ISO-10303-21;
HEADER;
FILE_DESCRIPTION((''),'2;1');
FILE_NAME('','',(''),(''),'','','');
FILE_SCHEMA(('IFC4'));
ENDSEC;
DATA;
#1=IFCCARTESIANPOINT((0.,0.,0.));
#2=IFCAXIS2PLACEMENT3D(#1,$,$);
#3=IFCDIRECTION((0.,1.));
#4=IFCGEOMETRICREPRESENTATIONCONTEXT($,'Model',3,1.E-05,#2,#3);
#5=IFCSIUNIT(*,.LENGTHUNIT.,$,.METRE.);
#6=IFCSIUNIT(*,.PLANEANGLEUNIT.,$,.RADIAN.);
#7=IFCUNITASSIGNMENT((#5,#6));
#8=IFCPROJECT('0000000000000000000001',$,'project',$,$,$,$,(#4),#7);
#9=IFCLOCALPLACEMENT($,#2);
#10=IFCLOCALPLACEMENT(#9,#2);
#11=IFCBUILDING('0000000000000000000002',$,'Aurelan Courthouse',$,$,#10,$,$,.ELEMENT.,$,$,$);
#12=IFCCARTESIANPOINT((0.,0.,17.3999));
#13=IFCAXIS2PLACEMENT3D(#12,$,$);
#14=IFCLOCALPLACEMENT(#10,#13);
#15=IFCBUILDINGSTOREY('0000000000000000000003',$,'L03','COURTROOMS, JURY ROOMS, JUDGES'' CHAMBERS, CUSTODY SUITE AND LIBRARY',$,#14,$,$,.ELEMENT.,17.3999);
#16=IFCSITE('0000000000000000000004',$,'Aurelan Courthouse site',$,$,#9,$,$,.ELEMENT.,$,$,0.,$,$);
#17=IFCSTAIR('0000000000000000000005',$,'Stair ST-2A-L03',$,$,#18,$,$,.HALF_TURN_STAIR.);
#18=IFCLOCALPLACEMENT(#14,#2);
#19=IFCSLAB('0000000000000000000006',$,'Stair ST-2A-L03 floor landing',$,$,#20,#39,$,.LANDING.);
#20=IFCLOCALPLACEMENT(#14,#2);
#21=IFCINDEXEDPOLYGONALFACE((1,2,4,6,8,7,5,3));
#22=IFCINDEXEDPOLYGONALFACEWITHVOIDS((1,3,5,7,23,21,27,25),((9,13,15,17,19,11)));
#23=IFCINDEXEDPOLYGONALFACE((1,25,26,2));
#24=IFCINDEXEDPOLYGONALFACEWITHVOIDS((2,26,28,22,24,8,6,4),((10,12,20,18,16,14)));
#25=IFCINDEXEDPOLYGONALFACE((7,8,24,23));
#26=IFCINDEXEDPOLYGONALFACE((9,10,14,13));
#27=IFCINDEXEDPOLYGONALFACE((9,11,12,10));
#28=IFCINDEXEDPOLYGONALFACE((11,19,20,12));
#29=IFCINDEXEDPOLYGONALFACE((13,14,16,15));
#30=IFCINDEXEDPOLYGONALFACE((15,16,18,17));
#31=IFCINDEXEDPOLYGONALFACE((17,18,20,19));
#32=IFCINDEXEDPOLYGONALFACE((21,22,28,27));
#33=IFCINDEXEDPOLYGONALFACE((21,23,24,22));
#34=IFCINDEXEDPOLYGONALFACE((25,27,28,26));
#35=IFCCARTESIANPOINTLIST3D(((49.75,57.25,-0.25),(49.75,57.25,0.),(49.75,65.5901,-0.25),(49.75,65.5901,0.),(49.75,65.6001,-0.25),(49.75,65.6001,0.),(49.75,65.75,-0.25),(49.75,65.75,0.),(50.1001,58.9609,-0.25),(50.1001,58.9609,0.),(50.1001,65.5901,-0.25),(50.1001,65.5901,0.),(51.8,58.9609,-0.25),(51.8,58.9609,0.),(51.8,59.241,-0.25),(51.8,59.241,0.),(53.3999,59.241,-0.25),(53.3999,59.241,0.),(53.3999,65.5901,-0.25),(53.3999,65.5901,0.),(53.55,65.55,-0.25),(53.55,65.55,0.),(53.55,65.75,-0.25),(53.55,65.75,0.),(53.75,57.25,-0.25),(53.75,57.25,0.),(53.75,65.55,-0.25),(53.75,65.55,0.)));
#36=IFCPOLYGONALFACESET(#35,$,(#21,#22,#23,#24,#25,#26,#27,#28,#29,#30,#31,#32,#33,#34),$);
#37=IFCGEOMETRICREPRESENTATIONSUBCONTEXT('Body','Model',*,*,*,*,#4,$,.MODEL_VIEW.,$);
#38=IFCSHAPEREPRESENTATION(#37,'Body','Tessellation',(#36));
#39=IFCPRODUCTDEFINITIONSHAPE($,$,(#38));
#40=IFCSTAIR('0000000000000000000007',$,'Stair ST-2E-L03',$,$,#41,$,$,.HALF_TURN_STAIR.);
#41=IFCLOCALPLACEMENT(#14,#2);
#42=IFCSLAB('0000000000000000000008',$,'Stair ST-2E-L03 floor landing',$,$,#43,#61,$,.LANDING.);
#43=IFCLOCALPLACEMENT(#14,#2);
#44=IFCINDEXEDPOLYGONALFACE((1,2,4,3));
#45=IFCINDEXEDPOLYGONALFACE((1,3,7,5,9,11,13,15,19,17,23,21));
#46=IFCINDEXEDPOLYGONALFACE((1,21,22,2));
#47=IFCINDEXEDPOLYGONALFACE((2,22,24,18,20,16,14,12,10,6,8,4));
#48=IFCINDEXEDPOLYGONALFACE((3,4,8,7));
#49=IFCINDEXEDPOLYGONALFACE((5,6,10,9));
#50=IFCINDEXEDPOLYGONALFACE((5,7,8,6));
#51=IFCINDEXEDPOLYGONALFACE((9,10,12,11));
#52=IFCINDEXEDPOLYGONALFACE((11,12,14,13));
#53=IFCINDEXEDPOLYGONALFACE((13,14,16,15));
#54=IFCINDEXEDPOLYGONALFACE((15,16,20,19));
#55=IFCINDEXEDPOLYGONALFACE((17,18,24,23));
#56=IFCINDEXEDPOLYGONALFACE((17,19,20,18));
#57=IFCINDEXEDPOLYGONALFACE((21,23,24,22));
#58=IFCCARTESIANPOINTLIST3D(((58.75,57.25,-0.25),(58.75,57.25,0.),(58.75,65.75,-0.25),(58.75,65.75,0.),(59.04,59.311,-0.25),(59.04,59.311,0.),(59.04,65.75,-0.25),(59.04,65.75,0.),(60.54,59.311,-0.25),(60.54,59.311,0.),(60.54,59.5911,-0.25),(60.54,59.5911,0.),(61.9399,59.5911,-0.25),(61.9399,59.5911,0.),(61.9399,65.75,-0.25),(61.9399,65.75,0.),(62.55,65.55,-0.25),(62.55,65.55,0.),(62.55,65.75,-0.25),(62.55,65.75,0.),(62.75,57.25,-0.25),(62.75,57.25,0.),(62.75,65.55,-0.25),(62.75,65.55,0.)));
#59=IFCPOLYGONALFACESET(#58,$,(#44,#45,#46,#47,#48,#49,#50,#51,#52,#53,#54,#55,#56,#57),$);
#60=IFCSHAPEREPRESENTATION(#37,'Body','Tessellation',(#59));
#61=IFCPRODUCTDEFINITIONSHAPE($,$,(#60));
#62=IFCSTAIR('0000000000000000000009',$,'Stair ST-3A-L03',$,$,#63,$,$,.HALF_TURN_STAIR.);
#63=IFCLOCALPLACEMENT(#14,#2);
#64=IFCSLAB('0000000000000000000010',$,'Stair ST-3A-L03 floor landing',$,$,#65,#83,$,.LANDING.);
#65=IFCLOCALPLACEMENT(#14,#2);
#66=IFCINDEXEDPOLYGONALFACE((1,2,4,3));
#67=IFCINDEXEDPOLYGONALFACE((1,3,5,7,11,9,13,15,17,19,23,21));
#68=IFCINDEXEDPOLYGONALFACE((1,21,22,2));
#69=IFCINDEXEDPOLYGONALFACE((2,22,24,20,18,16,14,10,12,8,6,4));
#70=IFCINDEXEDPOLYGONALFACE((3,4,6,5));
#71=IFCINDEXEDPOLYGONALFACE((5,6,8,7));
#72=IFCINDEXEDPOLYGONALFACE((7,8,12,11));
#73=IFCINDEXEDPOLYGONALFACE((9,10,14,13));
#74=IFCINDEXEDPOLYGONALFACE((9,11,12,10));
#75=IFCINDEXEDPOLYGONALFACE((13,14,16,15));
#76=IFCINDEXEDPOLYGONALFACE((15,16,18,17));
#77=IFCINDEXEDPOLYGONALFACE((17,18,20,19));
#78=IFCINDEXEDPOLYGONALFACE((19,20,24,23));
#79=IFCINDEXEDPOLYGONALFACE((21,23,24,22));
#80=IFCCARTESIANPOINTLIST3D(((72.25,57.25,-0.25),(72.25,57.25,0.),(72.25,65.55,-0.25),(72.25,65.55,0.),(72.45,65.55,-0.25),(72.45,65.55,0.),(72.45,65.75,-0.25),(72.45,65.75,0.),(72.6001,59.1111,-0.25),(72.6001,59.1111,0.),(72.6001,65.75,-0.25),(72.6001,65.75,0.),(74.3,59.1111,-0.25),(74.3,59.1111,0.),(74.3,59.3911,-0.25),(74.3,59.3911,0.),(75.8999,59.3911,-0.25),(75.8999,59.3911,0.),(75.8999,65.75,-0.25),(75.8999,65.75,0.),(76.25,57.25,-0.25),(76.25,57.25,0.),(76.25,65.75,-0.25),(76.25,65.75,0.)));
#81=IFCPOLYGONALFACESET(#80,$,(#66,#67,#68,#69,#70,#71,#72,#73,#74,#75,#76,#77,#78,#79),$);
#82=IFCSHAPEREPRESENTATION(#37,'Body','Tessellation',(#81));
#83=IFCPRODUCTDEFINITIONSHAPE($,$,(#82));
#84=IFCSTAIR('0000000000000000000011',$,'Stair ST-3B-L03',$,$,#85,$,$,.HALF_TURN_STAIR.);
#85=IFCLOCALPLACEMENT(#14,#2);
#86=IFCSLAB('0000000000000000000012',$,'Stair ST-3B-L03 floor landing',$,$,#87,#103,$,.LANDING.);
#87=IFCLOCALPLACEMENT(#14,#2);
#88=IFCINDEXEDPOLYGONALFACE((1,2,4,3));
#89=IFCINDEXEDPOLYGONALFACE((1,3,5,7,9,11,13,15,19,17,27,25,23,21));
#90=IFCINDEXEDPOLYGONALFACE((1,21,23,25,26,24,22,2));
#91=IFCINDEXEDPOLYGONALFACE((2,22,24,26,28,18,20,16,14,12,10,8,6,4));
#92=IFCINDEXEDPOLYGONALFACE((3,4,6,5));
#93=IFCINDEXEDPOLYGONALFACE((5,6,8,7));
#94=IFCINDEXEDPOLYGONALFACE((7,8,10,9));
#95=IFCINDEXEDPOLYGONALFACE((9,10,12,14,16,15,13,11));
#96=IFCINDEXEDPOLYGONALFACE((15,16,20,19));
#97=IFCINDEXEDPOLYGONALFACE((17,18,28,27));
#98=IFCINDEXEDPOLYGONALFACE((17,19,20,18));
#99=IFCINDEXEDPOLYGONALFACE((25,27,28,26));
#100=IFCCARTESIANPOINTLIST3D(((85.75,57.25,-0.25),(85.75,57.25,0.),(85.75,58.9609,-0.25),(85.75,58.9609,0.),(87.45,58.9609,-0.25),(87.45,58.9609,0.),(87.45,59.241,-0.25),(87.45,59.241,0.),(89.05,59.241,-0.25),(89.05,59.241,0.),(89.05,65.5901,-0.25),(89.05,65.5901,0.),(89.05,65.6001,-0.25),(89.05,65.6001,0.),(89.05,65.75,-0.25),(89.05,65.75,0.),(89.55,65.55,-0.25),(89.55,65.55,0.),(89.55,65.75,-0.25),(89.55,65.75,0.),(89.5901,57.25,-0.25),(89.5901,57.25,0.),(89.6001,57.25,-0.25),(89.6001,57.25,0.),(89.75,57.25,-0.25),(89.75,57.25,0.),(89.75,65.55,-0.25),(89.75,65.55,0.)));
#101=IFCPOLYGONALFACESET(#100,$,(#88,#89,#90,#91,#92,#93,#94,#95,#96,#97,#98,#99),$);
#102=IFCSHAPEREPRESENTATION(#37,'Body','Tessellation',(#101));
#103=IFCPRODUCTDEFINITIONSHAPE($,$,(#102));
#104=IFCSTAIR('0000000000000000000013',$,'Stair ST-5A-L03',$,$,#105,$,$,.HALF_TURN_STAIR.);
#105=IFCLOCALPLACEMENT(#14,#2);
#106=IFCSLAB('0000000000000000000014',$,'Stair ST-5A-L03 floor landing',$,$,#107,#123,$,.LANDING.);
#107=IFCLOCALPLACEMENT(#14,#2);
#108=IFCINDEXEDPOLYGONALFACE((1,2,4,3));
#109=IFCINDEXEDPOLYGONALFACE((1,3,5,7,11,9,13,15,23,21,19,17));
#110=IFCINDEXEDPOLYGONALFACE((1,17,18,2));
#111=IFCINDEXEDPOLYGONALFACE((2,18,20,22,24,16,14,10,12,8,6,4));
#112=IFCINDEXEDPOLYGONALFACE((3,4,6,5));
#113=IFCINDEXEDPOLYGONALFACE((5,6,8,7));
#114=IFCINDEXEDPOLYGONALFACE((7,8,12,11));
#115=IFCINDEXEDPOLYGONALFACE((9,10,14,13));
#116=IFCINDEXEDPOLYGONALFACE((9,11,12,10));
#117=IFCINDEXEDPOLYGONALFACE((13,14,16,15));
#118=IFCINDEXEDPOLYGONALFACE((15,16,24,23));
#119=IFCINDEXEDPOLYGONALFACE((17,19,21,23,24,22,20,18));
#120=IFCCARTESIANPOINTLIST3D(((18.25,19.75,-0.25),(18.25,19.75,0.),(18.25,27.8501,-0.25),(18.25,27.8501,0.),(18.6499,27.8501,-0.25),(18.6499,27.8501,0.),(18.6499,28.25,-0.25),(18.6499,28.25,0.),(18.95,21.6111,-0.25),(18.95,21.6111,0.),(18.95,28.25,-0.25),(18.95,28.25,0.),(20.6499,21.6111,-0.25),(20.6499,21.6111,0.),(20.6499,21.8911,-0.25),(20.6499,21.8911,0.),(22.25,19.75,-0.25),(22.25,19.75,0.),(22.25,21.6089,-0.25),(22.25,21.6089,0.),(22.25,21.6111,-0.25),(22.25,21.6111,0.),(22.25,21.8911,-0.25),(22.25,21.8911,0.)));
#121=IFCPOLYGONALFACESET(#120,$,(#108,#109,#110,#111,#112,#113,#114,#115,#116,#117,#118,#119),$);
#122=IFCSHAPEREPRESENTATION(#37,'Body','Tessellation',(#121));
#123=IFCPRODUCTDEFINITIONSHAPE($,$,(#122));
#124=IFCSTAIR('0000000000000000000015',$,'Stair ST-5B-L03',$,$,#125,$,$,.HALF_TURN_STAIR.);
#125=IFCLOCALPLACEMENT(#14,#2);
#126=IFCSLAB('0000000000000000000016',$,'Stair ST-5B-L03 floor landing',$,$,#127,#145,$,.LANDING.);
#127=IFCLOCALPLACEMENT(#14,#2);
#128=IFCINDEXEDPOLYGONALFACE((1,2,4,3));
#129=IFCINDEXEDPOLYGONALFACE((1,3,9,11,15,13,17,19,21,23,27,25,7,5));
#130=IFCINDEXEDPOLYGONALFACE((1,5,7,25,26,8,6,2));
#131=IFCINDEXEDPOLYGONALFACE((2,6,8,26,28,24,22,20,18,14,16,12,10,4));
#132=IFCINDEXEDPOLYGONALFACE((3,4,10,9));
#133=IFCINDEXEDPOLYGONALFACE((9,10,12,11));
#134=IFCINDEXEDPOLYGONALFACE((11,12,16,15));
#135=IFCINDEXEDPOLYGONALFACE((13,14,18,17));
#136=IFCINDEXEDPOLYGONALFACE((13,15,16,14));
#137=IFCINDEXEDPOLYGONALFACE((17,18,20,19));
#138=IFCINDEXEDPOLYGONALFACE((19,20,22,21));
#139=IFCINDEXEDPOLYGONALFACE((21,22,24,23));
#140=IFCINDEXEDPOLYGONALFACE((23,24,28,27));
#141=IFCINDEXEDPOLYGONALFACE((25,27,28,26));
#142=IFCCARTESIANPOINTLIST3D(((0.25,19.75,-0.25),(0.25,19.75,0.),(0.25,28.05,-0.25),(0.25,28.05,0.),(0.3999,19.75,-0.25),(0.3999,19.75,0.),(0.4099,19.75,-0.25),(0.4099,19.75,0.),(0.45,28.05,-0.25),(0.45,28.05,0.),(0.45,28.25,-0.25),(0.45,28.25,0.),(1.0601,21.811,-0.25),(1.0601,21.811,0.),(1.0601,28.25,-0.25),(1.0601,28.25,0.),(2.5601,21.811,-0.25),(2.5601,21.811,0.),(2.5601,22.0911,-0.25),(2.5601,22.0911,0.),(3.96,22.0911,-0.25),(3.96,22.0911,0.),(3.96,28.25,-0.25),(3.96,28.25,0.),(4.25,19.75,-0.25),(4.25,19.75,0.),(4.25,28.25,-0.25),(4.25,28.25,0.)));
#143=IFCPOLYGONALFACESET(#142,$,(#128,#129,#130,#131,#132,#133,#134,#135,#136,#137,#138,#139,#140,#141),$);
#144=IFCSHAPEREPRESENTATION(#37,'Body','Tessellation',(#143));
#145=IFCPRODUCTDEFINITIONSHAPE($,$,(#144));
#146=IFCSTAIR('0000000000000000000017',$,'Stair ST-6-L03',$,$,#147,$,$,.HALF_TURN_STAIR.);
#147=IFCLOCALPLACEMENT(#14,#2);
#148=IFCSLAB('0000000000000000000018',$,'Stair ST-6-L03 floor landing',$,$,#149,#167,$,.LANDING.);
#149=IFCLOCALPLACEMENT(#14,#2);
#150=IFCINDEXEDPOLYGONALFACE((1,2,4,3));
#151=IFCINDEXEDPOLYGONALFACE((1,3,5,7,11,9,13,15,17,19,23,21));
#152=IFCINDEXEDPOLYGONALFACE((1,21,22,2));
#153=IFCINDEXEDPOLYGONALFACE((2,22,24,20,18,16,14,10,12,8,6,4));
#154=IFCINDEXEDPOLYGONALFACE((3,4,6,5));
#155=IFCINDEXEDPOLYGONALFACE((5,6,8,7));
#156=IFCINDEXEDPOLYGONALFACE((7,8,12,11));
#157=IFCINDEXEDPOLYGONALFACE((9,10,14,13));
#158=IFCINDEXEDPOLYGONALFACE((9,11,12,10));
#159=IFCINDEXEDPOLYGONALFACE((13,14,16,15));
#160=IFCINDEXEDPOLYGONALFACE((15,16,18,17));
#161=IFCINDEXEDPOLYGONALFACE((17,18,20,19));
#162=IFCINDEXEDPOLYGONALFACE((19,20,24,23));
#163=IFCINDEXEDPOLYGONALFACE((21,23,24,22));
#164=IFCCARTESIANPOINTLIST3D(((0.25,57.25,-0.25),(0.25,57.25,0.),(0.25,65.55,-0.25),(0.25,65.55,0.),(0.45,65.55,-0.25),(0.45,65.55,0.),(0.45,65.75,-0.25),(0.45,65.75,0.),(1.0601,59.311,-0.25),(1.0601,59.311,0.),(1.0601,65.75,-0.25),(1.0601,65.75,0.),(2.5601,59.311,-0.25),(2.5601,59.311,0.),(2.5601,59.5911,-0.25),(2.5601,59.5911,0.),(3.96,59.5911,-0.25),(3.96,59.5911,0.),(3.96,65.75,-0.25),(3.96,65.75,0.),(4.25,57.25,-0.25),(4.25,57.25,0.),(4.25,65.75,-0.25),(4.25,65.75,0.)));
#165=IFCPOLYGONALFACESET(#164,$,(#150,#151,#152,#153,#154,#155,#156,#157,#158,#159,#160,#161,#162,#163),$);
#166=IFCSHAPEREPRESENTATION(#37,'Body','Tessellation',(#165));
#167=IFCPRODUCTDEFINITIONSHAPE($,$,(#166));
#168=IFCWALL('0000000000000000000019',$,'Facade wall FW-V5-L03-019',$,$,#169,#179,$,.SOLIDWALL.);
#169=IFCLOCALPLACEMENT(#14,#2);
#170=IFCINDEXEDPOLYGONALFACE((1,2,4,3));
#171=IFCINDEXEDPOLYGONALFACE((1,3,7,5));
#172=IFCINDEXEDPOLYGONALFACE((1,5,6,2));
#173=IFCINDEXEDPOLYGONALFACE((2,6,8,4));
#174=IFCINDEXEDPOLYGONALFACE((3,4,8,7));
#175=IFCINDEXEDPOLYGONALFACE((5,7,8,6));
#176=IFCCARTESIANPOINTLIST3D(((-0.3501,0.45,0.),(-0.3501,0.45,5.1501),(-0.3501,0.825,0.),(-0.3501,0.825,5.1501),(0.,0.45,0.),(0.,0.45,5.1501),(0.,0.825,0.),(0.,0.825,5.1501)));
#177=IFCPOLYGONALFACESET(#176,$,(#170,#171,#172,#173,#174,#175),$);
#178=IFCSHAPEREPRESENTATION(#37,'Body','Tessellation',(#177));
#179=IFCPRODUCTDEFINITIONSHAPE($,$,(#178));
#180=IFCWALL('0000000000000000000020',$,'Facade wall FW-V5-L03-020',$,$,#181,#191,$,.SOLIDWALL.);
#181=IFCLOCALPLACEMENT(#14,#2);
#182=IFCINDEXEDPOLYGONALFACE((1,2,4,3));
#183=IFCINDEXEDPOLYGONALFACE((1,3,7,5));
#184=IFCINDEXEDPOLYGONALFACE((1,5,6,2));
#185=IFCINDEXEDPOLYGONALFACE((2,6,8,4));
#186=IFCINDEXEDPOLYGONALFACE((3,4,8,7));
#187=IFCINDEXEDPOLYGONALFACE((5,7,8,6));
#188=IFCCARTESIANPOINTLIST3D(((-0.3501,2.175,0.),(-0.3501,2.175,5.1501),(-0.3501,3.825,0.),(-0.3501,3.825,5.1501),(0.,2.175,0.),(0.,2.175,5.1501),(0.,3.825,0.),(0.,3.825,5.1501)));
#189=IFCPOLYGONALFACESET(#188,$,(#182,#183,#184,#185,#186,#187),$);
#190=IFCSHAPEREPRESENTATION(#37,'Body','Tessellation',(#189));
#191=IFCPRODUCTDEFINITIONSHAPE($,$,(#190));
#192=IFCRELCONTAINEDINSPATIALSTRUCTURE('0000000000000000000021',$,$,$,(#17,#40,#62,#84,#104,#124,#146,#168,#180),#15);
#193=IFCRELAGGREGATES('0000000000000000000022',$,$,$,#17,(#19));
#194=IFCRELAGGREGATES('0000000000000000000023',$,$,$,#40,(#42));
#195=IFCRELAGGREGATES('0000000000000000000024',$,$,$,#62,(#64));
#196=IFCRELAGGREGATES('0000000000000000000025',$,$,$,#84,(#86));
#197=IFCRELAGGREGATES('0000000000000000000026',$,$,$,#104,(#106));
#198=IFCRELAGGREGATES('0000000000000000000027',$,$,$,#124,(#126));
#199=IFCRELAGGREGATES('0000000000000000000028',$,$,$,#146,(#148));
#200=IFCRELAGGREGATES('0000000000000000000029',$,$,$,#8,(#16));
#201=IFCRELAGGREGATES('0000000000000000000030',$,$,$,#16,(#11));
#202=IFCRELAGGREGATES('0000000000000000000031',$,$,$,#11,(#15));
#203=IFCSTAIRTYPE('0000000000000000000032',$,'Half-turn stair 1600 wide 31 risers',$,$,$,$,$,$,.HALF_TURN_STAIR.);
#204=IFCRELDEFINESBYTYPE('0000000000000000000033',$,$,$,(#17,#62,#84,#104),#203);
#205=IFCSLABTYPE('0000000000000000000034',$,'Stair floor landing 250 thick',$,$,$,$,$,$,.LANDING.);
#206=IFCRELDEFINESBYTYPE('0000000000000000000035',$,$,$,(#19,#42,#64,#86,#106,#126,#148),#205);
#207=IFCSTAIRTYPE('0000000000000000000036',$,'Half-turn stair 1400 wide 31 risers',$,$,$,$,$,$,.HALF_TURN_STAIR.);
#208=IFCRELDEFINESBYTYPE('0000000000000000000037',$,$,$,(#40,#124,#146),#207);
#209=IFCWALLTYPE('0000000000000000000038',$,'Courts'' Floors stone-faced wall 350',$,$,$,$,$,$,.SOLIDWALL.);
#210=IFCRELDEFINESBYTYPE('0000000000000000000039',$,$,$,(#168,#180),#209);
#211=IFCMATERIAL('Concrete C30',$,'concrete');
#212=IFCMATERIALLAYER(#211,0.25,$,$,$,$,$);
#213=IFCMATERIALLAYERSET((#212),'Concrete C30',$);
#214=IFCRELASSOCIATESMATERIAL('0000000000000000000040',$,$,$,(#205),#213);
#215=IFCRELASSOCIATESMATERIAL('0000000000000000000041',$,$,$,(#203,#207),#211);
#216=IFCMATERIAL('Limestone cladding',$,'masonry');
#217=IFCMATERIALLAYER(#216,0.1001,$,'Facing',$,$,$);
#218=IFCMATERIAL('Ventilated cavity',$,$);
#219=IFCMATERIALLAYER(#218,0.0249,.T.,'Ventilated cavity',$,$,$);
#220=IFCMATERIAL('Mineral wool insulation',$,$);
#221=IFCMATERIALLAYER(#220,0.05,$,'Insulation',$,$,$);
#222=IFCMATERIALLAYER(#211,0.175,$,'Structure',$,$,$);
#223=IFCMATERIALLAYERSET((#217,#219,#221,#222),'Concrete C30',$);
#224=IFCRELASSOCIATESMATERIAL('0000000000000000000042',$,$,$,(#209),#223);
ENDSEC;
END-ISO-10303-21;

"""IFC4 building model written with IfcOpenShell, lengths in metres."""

from ifc_helpers import new_model, si_unit, direction, frame, frame_2d, origin, place, context, subcontext, project, spatial, polyline, rectangle, outline, extrude, material, layer, layer_set, type_object, element, aggregate, save


model = new_model("IFC4")

# Units and contexts
model_context = context("Model", 3, precision=1e-05, world=origin(), true_north=direction((0.0, 1.0)))
body_context = subcontext(model_context, "Body", "Model", "MODEL_VIEW")
ifc_project = project(units=[si_unit("LENGTHUNIT", "METRE"), si_unit("PLANEANGLEUNIT", "RADIAN")], contexts=[model_context])

# Site, building, storey
site_placement = place(None, origin())
site = spatial("IfcSite", under=ifc_project, at=site_placement, Name="Aurelan Courthouse site", CompositionType="ELEMENT", RefElevation=0.0)
building_placement = place(site_placement, origin())
building = spatial("IfcBuilding", under=site, at=building_placement, Name="Aurelan Courthouse", CompositionType="ELEMENT")
storey_placement = place(building_placement, frame((0.0, 0.0, 17.3999)))
storey = spatial("IfcBuildingStorey", under=building, at=storey_placement, Name="L03", Description="COURTROOMS, JURY ROOMS, JUDGES' CHAMBERS, CUSTODY SUITE AND LIBRARY", CompositionType="ELEMENT", Elevation=17.3999)

# Shared definitions
ifc_material_1 = material(Name="Concrete C30", Category="concrete")
ifc_layer_1 = layer(ifc_material_1, 0.25)
ifc_layer_set_1 = layer_set([ifc_layer_1], Name="Concrete C30")
slab_type_1 = type_object("IfcSlabType", Name="Stair floor landing 250 thick", PredefinedType="LANDING", material=ifc_layer_set_1)

# Stairs, slabs
stair_type_1 = type_object("IfcStairType", Name="Half-turn stair 1600 wide 31 risers", PredefinedType="HALF_TURN_STAIR", material=ifc_material_1)
stair_1_placement = place(storey_placement, origin())
stair_1 = element("IfcStair", 1, at=stair_1_placement, inside=storey, type_object=stair_type_1, Name="Stair ST-2A-L03", PredefinedType="HALF_TURN_STAIR")
slab_1_placement = place(storey_placement, frame((0.0, 0.0, -0.25)))
slab_1 = element("IfcSlab", 2, at=slab_1_placement, type_object=slab_type_1, Name="Stair ST-2A-L03 floor landing", PredefinedType="LANDING", context=body_context, shape_type="SweptSolid", body=[
    extrude(outline(polyline([(53.75, 57.25), (49.75, 57.25), (49.75, 65.5901), (49.75, 65.6001), (49.75, 65.75), (53.55, 65.75), (53.55, 65.55), (53.75, 65.55), (53.75, 57.25)]), holes=[polyline([(51.8, 58.9609), (51.8, 59.241), (53.3999, 59.241), (53.3999, 65.5901), (50.1001, 65.5901), (50.1001, 58.9609), (51.8, 58.9609)])]), origin(), (0.0, 0.0, 1.0), 0.25),
])
aggregate(stair_1, [slab_1])
stair_type_2 = type_object("IfcStairType", Name="Half-turn stair 1400 wide 31 risers", PredefinedType="HALF_TURN_STAIR", material=ifc_material_1)
stair_2_placement = place(storey_placement, origin())
stair_2 = element("IfcStair", 3, at=stair_2_placement, inside=storey, type_object=stair_type_2, Name="Stair ST-2E-L03", PredefinedType="HALF_TURN_STAIR")
slab_2_placement = place(storey_placement, frame((0.0, 0.0, -0.25)))
slab_2 = element("IfcSlab", 4, at=slab_2_placement, type_object=slab_type_1, Name="Stair ST-2E-L03 floor landing", PredefinedType="LANDING", context=body_context, shape_type="SweptSolid", body=[
    extrude(outline(polyline([(59.04, 59.311), (60.54, 59.311), (60.54, 59.5911), (61.9399, 59.5911), (61.9399, 65.75), (62.55, 65.75), (62.55, 65.55), (62.75, 65.55), (62.75, 57.25), (58.75, 57.25), (58.75, 65.75), (59.04, 65.75), (59.04, 59.311)])), origin(), (0.0, 0.0, 1.0), 0.25),
])
aggregate(stair_2, [slab_2])
stair_3_placement = place(storey_placement, origin())
stair_3 = element("IfcStair", 5, at=stair_3_placement, inside=storey, type_object=stair_type_1, Name="Stair ST-3A-L03", PredefinedType="HALF_TURN_STAIR")
slab_3_placement = place(storey_placement, frame((0.0, 0.0, -0.25)))
slab_3 = element("IfcSlab", 6, at=slab_3_placement, type_object=slab_type_1, Name="Stair ST-3A-L03 floor landing", PredefinedType="LANDING", context=body_context, shape_type="SweptSolid", body=[
    extrude(outline(polyline([(72.6001, 59.1111), (74.3, 59.1111), (74.3, 59.3911), (75.8999, 59.3911), (75.8999, 65.75), (76.25, 65.75), (76.25, 57.25), (72.25, 57.25), (72.25, 65.55), (72.45, 65.55), (72.45, 65.75), (72.6001, 65.75), (72.6001, 59.1111)])), origin(), (0.0, 0.0, 1.0), 0.25),
])
aggregate(stair_3, [slab_3])
stair_4_placement = place(storey_placement, origin())
stair_4 = element("IfcStair", 7, at=stair_4_placement, inside=storey, type_object=stair_type_1, Name="Stair ST-3B-L03", PredefinedType="HALF_TURN_STAIR")
slab_4_placement = place(storey_placement, frame((0.0, 0.0, -0.25)))
slab_4 = element("IfcSlab", 8, at=slab_4_placement, type_object=slab_type_1, Name="Stair ST-3B-L03 floor landing", PredefinedType="LANDING", context=body_context, shape_type="SweptSolid", body=[
    extrude(outline(polyline([(89.05, 59.241), (89.05, 65.5901), (89.05, 65.6001), (89.05, 65.75), (89.55, 65.75), (89.55, 65.55), (89.75, 65.55), (89.75, 57.25), (89.6001, 57.25), (89.5901, 57.25), (85.75, 57.25), (85.75, 58.9609), (87.45, 58.9609), (87.45, 59.241), (89.05, 59.241)])), origin(), (0.0, 0.0, 1.0), 0.25),
])
aggregate(stair_4, [slab_4])
stair_5_placement = place(storey_placement, origin())
stair_5 = element("IfcStair", 9, at=stair_5_placement, inside=storey, type_object=stair_type_1, Name="Stair ST-5A-L03", PredefinedType="HALF_TURN_STAIR")
slab_5_placement = place(storey_placement, frame((0.0, 0.0, -0.25)))
slab_5 = element("IfcSlab", 10, at=slab_5_placement, type_object=slab_type_1, Name="Stair ST-5A-L03 floor landing", PredefinedType="LANDING", context=body_context, shape_type="SweptSolid", body=[
    extrude(outline(polyline([(18.95, 21.6111), (20.6499, 21.6111), (20.6499, 21.8911), (22.25, 21.8911), (22.25, 21.6111), (22.25, 21.6089), (22.25, 19.75), (18.25, 19.75), (18.25, 27.8501), (18.6499, 27.8501), (18.6499, 28.25), (18.95, 28.25), (18.95, 21.6111)])), origin(), (0.0, 0.0, 1.0), 0.25),
])
aggregate(stair_5, [slab_5])
stair_6_placement = place(storey_placement, origin())
stair_6 = element("IfcStair", 11, at=stair_6_placement, inside=storey, type_object=stair_type_2, Name="Stair ST-5B-L03", PredefinedType="HALF_TURN_STAIR")
slab_6_placement = place(storey_placement, frame((0.0, 0.0, -0.25)))
slab_6 = element("IfcSlab", 12, at=slab_6_placement, type_object=slab_type_1, Name="Stair ST-5B-L03 floor landing", PredefinedType="LANDING", context=body_context, shape_type="SweptSolid", body=[
    extrude(outline(polyline([(1.0601, 28.25), (1.0601, 21.811), (2.5601, 21.811), (2.5601, 22.0911), (3.96, 22.0911), (3.96, 28.25), (4.25, 28.25), (4.25, 19.75), (0.4099, 19.75), (0.3999, 19.75), (0.25, 19.75), (0.25, 28.05), (0.45, 28.05), (0.45, 28.25), (1.0601, 28.25)])), origin(), (0.0, 0.0, 1.0), 0.25),
])
aggregate(stair_6, [slab_6])
stair_7_placement = place(storey_placement, origin())
stair_7 = element("IfcStair", 13, at=stair_7_placement, inside=storey, type_object=stair_type_2, Name="Stair ST-6-L03", PredefinedType="HALF_TURN_STAIR")
slab_7_placement = place(storey_placement, frame((0.0, 0.0, -0.25)))
slab_7 = element("IfcSlab", 14, at=slab_7_placement, type_object=slab_type_1, Name="Stair ST-6-L03 floor landing", PredefinedType="LANDING", context=body_context, shape_type="SweptSolid", body=[
    extrude(outline(polyline([(1.0601, 59.311), (2.5601, 59.311), (2.5601, 59.5911), (3.96, 59.5911), (3.96, 65.75), (4.25, 65.75), (4.25, 57.25), (0.25, 57.25), (0.25, 65.55), (0.45, 65.55), (0.45, 65.75), (1.0601, 65.75), (1.0601, 59.311)])), origin(), (0.0, 0.0, 1.0), 0.25),
])
aggregate(stair_7, [slab_7])

# Walls
ifc_material_2 = material(Name="Limestone cladding", Category="masonry")
ifc_layer_2 = layer(ifc_material_2, 0.1001, Name="Facing")
ifc_material_3 = material(Name="Ventilated cavity")
ifc_layer_3 = layer(ifc_material_3, 0.0249, ventilated=True, Name="Ventilated cavity")
ifc_material_4 = material(Name="Mineral wool insulation")
ifc_layer_4 = layer(ifc_material_4, 0.05, Name="Insulation")
ifc_layer_5 = layer(ifc_material_1, 0.175, Name="Structure")
ifc_layer_set_2 = layer_set([ifc_layer_2, ifc_layer_3, ifc_layer_4, ifc_layer_5], Name="Concrete C30")
wall_type = type_object("IfcWallType", Name="Courts' Floors stone-faced wall 350", PredefinedType="SOLIDWALL", material=ifc_layer_set_2)
wall_placement = place(storey_placement, frame((-0.175, 0.45, 0.0), z_axis=(0.0, 0.0, 1.0), x_axis=(0.0, 1.0, 0.0)))
element("IfcWall", 15, at=wall_placement, inside=storey, type_object=wall_type, Name="Facade wall FW-V5-L03-019", PredefinedType="SOLIDWALL", context=body_context, shape_type="SweptSolid", body=[
    extrude(rectangle(XDim=0.375, YDim=0.3501, at=frame_2d((0.1875, 0.0))), origin(), (0.0, 0.0, 1.0), 5.1501),
])
for number, where, z_axis, x_axis, name in (
    (16, (-0.175, 2.175, 0.0), (0.0, 0.0, 1.0), (0.0, 1.0, 0.0), "Facade wall FW-V5-L03-020"),
):
    element("IfcWall", number, at=place(storey_placement, frame(where, z_axis=z_axis, x_axis=x_axis)), inside=storey, type_object=wall_type, Name=name, PredefinedType="SOLIDWALL", context=body_context, shape_type="SweptSolid", body=[
        extrude(rectangle(XDim=1.6499, YDim=0.3501, at=frame_2d((0.825, 0.0))), origin(), (0.0, 0.0, 1.0), 5.1501),
    ])

save(model, "model.ifc")
